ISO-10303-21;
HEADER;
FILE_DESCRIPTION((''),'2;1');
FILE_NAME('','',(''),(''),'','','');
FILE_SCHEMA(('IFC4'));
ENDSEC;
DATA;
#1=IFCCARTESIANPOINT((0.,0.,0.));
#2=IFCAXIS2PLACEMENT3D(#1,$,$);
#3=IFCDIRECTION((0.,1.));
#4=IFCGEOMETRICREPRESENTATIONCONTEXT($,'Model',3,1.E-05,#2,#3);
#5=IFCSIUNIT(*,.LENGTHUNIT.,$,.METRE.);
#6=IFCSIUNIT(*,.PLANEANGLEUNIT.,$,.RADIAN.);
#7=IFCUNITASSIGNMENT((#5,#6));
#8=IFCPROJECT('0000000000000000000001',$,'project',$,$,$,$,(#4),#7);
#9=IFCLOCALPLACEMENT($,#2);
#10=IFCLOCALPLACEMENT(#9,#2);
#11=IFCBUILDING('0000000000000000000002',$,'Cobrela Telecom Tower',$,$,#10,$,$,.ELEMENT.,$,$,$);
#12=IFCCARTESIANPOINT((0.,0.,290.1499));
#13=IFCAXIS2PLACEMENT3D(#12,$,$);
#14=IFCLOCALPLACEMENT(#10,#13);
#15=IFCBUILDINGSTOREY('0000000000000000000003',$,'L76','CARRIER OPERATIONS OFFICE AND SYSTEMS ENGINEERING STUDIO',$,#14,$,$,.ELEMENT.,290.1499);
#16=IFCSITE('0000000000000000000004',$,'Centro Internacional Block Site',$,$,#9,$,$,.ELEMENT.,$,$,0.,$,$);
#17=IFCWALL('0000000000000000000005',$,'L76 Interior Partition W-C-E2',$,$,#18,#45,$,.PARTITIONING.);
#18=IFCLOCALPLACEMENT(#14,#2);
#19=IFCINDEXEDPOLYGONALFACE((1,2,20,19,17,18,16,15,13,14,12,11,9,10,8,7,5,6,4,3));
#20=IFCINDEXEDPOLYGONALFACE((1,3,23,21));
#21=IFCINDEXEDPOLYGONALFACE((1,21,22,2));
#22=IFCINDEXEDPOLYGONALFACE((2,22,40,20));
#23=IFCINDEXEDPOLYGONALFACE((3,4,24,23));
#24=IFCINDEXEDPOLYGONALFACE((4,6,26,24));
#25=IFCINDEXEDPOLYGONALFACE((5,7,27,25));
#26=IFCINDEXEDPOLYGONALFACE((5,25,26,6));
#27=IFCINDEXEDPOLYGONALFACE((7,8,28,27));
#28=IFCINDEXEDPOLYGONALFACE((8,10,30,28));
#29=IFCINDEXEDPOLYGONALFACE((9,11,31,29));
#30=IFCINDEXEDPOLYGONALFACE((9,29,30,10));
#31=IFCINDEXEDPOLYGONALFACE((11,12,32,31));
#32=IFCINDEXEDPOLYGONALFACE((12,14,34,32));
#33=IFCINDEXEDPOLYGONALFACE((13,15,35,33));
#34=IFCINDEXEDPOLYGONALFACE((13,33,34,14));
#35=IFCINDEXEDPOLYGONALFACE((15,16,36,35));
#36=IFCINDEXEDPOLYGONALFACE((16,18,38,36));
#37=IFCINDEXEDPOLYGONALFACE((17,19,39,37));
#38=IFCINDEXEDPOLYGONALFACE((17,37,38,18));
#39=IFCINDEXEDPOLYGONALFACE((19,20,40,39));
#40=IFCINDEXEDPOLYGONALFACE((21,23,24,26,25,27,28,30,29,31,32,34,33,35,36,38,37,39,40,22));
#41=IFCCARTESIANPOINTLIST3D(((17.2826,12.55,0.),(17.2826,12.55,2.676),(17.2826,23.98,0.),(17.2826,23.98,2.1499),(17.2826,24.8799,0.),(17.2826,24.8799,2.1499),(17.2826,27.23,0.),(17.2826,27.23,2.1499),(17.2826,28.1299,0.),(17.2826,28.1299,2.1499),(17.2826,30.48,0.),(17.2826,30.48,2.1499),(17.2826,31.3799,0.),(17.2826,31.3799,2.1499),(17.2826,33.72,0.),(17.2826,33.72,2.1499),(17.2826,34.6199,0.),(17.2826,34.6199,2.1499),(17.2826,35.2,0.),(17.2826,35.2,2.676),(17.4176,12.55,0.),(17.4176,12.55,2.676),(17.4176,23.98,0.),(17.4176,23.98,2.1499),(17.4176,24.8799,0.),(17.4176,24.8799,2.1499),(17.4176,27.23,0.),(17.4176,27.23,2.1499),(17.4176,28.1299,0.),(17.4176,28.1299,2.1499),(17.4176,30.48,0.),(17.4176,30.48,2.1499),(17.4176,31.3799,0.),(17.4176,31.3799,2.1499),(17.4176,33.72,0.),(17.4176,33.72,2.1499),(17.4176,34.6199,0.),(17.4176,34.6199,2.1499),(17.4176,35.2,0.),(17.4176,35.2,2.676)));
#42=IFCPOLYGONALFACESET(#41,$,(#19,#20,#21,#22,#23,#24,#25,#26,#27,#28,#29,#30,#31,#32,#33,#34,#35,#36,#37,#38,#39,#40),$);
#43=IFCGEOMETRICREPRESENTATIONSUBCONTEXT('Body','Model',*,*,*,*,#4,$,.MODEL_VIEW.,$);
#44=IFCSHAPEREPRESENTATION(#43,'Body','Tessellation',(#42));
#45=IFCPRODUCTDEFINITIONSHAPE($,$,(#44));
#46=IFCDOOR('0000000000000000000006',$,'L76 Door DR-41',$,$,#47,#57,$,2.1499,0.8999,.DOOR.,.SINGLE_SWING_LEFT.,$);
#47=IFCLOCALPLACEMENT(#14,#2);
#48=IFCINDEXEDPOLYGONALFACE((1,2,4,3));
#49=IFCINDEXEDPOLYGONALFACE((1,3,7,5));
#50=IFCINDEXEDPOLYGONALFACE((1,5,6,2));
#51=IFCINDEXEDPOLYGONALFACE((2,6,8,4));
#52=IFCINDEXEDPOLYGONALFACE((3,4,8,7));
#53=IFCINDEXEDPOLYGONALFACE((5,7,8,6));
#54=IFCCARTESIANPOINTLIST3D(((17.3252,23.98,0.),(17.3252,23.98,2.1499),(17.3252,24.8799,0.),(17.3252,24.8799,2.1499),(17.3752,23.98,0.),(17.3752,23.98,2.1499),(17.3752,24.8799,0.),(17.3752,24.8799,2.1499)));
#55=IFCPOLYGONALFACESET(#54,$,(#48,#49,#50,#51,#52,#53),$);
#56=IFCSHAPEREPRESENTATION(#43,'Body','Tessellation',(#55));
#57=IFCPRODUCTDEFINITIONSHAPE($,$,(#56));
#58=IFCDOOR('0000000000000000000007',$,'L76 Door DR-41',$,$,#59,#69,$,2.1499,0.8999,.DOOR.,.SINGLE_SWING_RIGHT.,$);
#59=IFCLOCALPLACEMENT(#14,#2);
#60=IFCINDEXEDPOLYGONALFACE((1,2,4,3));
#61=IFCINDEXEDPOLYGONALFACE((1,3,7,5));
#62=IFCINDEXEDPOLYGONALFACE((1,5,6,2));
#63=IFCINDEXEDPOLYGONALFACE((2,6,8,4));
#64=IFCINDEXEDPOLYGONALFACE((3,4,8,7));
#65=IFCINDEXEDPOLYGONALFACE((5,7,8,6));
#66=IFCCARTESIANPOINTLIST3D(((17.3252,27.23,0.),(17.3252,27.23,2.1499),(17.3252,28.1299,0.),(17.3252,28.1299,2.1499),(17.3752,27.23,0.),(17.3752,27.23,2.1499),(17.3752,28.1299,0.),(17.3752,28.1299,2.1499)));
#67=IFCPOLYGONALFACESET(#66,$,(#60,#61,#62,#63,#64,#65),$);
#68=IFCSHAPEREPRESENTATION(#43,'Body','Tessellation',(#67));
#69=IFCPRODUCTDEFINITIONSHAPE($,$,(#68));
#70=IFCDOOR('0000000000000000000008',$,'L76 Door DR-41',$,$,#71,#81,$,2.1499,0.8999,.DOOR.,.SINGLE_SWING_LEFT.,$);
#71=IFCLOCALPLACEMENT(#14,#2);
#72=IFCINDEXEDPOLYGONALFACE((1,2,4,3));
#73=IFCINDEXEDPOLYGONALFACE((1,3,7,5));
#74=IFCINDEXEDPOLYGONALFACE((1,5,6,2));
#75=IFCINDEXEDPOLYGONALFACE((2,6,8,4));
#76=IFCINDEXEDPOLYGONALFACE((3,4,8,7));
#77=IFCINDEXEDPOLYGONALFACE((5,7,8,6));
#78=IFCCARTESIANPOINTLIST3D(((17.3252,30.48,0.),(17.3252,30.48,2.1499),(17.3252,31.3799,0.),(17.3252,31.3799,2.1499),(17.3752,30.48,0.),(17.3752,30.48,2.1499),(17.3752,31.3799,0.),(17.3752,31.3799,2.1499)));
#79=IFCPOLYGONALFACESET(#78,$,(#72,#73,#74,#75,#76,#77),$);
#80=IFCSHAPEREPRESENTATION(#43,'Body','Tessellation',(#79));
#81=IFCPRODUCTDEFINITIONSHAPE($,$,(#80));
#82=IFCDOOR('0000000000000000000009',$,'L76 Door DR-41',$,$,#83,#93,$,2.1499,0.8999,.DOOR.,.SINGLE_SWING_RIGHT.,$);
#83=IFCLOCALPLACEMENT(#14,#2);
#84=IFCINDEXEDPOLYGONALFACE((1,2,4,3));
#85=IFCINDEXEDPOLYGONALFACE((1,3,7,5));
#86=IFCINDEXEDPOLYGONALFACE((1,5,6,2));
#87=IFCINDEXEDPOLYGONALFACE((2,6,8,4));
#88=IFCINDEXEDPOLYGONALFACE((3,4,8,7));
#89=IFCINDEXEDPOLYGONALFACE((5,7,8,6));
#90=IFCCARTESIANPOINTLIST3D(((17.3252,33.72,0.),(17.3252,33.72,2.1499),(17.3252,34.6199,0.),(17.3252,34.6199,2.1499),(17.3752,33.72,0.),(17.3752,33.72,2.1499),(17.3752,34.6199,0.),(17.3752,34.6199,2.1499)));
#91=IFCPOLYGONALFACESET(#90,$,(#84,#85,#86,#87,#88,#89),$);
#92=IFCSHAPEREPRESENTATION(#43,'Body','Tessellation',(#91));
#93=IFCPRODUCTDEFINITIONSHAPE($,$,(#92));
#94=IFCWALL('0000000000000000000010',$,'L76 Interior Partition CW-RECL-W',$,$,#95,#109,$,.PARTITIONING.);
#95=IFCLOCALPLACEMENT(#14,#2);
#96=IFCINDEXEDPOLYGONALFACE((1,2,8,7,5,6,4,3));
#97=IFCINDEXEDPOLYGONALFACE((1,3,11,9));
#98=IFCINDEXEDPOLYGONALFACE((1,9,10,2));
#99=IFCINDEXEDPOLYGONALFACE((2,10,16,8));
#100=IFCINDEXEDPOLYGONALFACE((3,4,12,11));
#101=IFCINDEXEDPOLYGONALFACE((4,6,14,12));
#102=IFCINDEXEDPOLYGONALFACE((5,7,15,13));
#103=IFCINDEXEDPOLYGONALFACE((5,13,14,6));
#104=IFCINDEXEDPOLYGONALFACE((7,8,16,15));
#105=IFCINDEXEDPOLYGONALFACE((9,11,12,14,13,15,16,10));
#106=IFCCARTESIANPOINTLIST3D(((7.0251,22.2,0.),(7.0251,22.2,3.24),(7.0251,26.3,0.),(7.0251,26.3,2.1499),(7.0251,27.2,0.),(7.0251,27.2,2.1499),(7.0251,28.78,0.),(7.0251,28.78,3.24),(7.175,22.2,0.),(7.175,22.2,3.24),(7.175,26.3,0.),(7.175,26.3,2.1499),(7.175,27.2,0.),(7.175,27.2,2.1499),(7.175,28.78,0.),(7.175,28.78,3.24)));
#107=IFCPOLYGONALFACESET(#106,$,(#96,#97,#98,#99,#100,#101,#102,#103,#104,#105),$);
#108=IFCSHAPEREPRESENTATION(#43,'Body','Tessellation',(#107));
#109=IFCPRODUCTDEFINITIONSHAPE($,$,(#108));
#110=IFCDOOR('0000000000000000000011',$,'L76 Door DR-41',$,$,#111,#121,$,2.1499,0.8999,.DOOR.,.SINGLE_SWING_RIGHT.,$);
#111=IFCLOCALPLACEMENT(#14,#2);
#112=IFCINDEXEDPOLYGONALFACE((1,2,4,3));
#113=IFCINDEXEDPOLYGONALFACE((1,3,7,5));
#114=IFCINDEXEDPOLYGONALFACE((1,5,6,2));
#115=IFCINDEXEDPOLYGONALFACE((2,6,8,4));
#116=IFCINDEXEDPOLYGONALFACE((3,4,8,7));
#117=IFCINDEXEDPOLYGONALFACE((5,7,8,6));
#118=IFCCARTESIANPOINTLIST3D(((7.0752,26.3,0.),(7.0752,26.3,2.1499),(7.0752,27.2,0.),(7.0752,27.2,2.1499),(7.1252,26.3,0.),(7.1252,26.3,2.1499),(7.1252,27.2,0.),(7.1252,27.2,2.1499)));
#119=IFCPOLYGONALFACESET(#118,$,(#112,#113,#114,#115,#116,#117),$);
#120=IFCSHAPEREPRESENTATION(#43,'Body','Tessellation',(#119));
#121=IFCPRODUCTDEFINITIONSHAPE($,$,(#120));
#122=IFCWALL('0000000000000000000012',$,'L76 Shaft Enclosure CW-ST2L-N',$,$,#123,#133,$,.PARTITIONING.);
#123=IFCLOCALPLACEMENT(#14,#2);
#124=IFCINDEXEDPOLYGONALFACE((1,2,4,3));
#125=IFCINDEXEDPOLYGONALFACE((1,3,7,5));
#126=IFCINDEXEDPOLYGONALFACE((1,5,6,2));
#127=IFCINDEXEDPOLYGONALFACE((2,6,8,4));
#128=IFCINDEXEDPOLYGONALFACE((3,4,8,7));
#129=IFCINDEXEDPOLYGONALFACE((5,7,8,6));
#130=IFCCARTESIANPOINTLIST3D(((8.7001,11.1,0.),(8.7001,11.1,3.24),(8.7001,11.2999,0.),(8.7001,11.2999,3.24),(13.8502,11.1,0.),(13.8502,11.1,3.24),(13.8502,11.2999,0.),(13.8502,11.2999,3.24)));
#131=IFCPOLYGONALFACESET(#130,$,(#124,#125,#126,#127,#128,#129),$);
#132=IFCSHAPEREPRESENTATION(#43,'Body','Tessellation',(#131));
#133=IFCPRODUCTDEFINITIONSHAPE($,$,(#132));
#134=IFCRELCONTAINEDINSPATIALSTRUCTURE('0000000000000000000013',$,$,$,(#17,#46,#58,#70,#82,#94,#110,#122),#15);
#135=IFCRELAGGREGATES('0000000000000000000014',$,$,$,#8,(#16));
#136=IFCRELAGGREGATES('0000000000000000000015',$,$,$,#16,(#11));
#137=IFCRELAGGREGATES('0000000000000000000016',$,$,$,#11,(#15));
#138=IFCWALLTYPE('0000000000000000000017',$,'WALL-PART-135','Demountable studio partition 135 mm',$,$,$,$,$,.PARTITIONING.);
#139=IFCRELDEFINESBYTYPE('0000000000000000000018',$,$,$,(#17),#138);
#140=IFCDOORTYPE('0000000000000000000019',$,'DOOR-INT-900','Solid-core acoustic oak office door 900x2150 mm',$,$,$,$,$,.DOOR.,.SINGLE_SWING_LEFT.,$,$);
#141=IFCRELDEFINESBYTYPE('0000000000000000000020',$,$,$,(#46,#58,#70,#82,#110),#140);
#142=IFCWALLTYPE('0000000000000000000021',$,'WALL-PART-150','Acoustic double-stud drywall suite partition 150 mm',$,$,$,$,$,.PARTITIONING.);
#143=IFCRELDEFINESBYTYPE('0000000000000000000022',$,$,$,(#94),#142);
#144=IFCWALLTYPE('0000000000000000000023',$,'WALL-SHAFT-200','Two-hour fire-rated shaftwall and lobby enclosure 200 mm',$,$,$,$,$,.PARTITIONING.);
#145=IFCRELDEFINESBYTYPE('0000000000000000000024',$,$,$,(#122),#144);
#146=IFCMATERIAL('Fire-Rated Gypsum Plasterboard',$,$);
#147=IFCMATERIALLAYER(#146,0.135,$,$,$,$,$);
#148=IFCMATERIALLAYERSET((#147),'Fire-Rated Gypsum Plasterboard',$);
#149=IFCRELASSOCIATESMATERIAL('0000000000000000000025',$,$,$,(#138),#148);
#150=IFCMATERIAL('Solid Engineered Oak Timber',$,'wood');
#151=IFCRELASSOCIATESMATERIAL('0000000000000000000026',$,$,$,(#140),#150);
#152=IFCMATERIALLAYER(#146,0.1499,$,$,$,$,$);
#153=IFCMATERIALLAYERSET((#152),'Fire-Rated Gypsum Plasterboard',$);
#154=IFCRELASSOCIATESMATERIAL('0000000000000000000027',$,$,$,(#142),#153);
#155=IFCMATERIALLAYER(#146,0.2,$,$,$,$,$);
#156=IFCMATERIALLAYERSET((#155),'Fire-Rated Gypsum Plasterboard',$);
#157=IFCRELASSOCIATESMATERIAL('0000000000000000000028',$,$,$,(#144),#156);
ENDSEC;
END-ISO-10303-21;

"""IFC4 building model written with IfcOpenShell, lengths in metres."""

from ifc_helpers import new_model, si_unit, direction, frame, frame_2d, origin, place, context, subcontext, project, spatial, rectangle, extrude, material, layer, layer_set, type_object, element, fill, save


model = new_model("IFC4")

# Units and contexts
model_context = context("Model", 3, precision=1e-05, world=origin(), true_north=direction((0.0, 1.0)))
body_context = subcontext(model_context, "Body", "Model", "MODEL_VIEW")
ifc_project = project(units=[si_unit("LENGTHUNIT", "METRE"), si_unit("PLANEANGLEUNIT", "RADIAN")], contexts=[model_context])

# Site, building, storey
site_placement = place(None, origin())
site = spatial("IfcSite", under=ifc_project, at=site_placement, Name="Centro Internacional Block Site", CompositionType="ELEMENT", RefElevation=0.0)
building_placement = place(site_placement, origin())
building = spatial("IfcBuilding", under=site, at=building_placement, Name="Cobrela Telecom Tower", CompositionType="ELEMENT")
storey_placement = place(building_placement, frame((0.0, 0.0, 290.1499)))
storey = spatial("IfcBuildingStorey", under=building, at=storey_placement, Name="L76", Description="CARRIER OPERATIONS OFFICE AND SYSTEMS ENGINEERING STUDIO", CompositionType="ELEMENT", Elevation=290.1499)

# Shared definitions
ifc_material_1 = material(Name="Fire-Rated Gypsum Plasterboard")

# Shared definitions
ifc_layer_1 = layer(ifc_material_1, 0.135)
ifc_layer_set_1 = layer_set([ifc_layer_1], Name="Fire-Rated Gypsum Plasterboard")
wall_type_1 = type_object("IfcWallType", Name="WALL-PART-135", Description="Demountable studio partition 135 mm", PredefinedType="PARTITIONING", material=ifc_layer_set_1)
ifc_material_2 = material(Name="Solid Engineered Oak Timber", Category="wood")

# Wall, openings, doors
wall_1_placement = place(storey_placement, frame((17.3501, 12.55, 0.0), z_axis=(0.0, 0.0, 1.0), x_axis=(0.0, 1.0, 0.0)))
wall_1 = element("IfcWall", 1, at=wall_1_placement, inside=storey, type_object=wall_type_1, Name="L76 Interior Partition W-C-E2", PredefinedType="PARTITIONING", context=body_context, shape_type="SweptSolid", body=[
    extrude(rectangle(XDim=22.6499, YDim=0.135, at=frame_2d((11.325, 0.0))), origin(), (0.0, 0.0, 1.0), 2.676),
])
opening_1_placement = place(wall_1_placement, frame((11.4299, 0.0, 0.0)))
opening_1 = element("IfcOpeningElement", 2, at=opening_1_placement, cuts=wall_1, PredefinedType="OPENING", context=body_context, shape_type="SweptSolid", body=[
    extrude(rectangle(XDim=0.8999, YDim=2.1499, at=frame_2d((0.45, 1.075))), frame((0.0, 0.0796, 0.0), z_axis=(0.0, -1.0, 0.0), x_axis=(1.0, 0.0, 0.0)), (0.0, 0.0, 1.0), 0.1589),
])
opening_2_placement = place(wall_1_placement, frame((14.6799, 0.0, 0.0)))
opening_2 = element("IfcOpeningElement", 3, at=opening_2_placement, cuts=wall_1, PredefinedType="OPENING", context=body_context, shape_type="SweptSolid", body=[
    extrude(rectangle(XDim=0.8999, YDim=2.1499, at=frame_2d((0.45, 1.075))), frame((0.0, 0.0796, 0.0), z_axis=(0.0, -1.0, 0.0), x_axis=(1.0, 0.0, 0.0)), (0.0, 0.0, 1.0), 0.1589),
])
opening_3_placement = place(wall_1_placement, frame((17.9299, 0.0, 0.0)))
opening_3 = element("IfcOpeningElement", 4, at=opening_3_placement, cuts=wall_1, PredefinedType="OPENING", context=body_context, shape_type="SweptSolid", body=[
    extrude(rectangle(XDim=0.8999, YDim=2.1499, at=frame_2d((0.45, 1.075))), frame((0.0, 0.0796, 0.0), z_axis=(0.0, -1.0, 0.0), x_axis=(1.0, 0.0, 0.0)), (0.0, 0.0, 1.0), 0.1589),
])
opening_4_placement = place(wall_1_placement, frame((21.1699, 0.0, 0.0)))
opening_4 = element("IfcOpeningElement", 5, at=opening_4_placement, cuts=wall_1, PredefinedType="OPENING", context=body_context, shape_type="SweptSolid", body=[
    extrude(rectangle(XDim=0.8999, YDim=2.1499, at=frame_2d((0.45, 1.075))), frame((0.0, 0.0796, 0.0), z_axis=(0.0, -1.0, 0.0), x_axis=(1.0, 0.0, 0.0)), (0.0, 0.0, 1.0), 0.1589),
])
door_type_1 = type_object("IfcDoorType", Name="DOOR-INT-900", Description="Solid-core acoustic oak office door 900x2150 mm", OperationType="SINGLE_SWING_LEFT", PredefinedType="DOOR", material=ifc_material_2)
door_1_placement = place(opening_1_placement, origin())
door_1 = element("IfcDoor", 6, at=door_1_placement, inside=storey, type_object=door_type_1, Name="L76 Door DR-41", OperationType="SINGLE_SWING_LEFT", OverallHeight=2.1499, OverallWidth=0.8999, PredefinedType="DOOR", context=body_context, shape_type="SweptSolid", body=[
    extrude(rectangle(XDim=0.8999, YDim=2.1499, at=frame_2d((0.45, 1.075))), frame((0.0, 0.0249, 0.0), z_axis=(0.0, -1.0, 0.0), x_axis=(1.0, 0.0, 0.0)), (0.0, 0.0, 1.0), 0.05),
])
fill(opening_1, door_1)
door_2_placement = place(opening_2_placement, origin())
door_2 = element("IfcDoor", 7, at=door_2_placement, inside=storey, type_object=door_type_1, Name="L76 Door DR-41", OperationType="SINGLE_SWING_RIGHT", OverallHeight=2.1499, OverallWidth=0.8999, PredefinedType="DOOR", context=body_context, shape_type="SweptSolid", body=[
    extrude(rectangle(XDim=0.8999, YDim=2.1499, at=frame_2d((0.45, 1.075))), frame((0.0, 0.0249, 0.0), z_axis=(0.0, -1.0, 0.0), x_axis=(1.0, 0.0, 0.0)), (0.0, 0.0, 1.0), 0.05),
])
fill(opening_2, door_2)
door_3_placement = place(opening_3_placement, origin())
door_3 = element("IfcDoor", 8, at=door_3_placement, inside=storey, type_object=door_type_1, Name="L76 Door DR-41", OperationType="SINGLE_SWING_LEFT", OverallHeight=2.1499, OverallWidth=0.8999, PredefinedType="DOOR", context=body_context, shape_type="SweptSolid", body=[
    extrude(rectangle(XDim=0.8999, YDim=2.1499, at=frame_2d((0.45, 1.075))), frame((0.0, 0.0249, 0.0), z_axis=(0.0, -1.0, 0.0), x_axis=(1.0, 0.0, 0.0)), (0.0, 0.0, 1.0), 0.05),
])
fill(opening_3, door_3)
door_4_placement = place(opening_4_placement, origin())
door_4 = element("IfcDoor", 9, at=door_4_placement, inside=storey, type_object=door_type_1, Name="L76 Door DR-41", OperationType="SINGLE_SWING_RIGHT", OverallHeight=2.1499, OverallWidth=0.8999, PredefinedType="DOOR", context=body_context, shape_type="SweptSolid", body=[
    extrude(rectangle(XDim=0.8999, YDim=2.1499, at=frame_2d((0.45, 1.075))), frame((0.0, 0.0249, 0.0), z_axis=(0.0, -1.0, 0.0), x_axis=(1.0, 0.0, 0.0)), (0.0, 0.0, 1.0), 0.05),
])
fill(opening_4, door_4)

# Wall, opening, door
ifc_layer_2 = layer(ifc_material_1, 0.1499)
ifc_layer_set_2 = layer_set([ifc_layer_2], Name="Fire-Rated Gypsum Plasterboard")
wall_type_2 = type_object("IfcWallType", Name="WALL-PART-150", Description="Acoustic double-stud drywall suite partition 150 mm", PredefinedType="PARTITIONING", material=ifc_layer_set_2)
wall_2_placement = place(storey_placement, frame((7.1001, 22.2, 0.0), z_axis=(0.0, 0.0, 1.0), x_axis=(0.0, 1.0, 0.0)))
wall_2 = element("IfcWall", 10, at=wall_2_placement, inside=storey, type_object=wall_type_2, Name="L76 Interior Partition CW-RECL-W", PredefinedType="PARTITIONING", context=body_context, shape_type="SweptSolid", body=[
    extrude(rectangle(XDim=6.5801, YDim=0.1499, at=frame_2d((3.29, 0.0))), origin(), (0.0, 0.0, 1.0), 3.24),
])
opening_5_placement = place(wall_2_placement, frame((4.1001, 0.0, 0.0)))
opening_5 = element("IfcOpeningElement", 11, at=opening_5_placement, cuts=wall_2, PredefinedType="OPENING", context=body_context, shape_type="SweptSolid", body=[
    extrude(rectangle(XDim=0.8999, YDim=2.1499, at=frame_2d((0.45, 1.075))), frame((0.0, 0.0869, 0.0), z_axis=(0.0, -1.0, 0.0), x_axis=(1.0, 0.0, 0.0)), (0.0, 0.0, 1.0), 0.1738),
])
door_5_placement = place(opening_5_placement, origin())
door_5 = element("IfcDoor", 12, at=door_5_placement, inside=storey, type_object=door_type_1, Name="L76 Door DR-41", OperationType="SINGLE_SWING_RIGHT", OverallHeight=2.1499, OverallWidth=0.8999, PredefinedType="DOOR", context=body_context, shape_type="SweptSolid", body=[
    extrude(rectangle(XDim=0.8999, YDim=2.1499, at=frame_2d((0.45, 1.075))), frame((0.0, 0.0249, 0.0), z_axis=(0.0, -1.0, 0.0), x_axis=(1.0, 0.0, 0.0)), (0.0, 0.0, 1.0), 0.05),
])
fill(opening_5, door_5)

# Wall
ifc_layer_3 = layer(ifc_material_1, 0.2)
ifc_layer_set_3 = layer_set([ifc_layer_3], Name="Fire-Rated Gypsum Plasterboard")
wall_type_3 = type_object("IfcWallType", Name="WALL-SHAFT-200", Description="Two-hour fire-rated shaftwall and lobby enclosure 200 mm", PredefinedType="PARTITIONING", material=ifc_layer_set_3)
wall_3_placement = place(storey_placement, frame((8.7, 11.2, 0.0), z_axis=(0.0, 0.0, 1.0), x_axis=(1.0, 0.0, 0.0)))
element("IfcWall", 13, at=wall_3_placement, inside=storey, type_object=wall_type_3, Name="L76 Shaft Enclosure CW-ST2L-N", PredefinedType="PARTITIONING", context=body_context, shape_type="SweptSolid", body=[
    extrude(rectangle(XDim=5.1501, YDim=0.2, at=frame_2d((2.5752, 0.0))), origin(), (0.0, 0.0, 1.0), 3.24),
])

save(model, "model.ifc")
